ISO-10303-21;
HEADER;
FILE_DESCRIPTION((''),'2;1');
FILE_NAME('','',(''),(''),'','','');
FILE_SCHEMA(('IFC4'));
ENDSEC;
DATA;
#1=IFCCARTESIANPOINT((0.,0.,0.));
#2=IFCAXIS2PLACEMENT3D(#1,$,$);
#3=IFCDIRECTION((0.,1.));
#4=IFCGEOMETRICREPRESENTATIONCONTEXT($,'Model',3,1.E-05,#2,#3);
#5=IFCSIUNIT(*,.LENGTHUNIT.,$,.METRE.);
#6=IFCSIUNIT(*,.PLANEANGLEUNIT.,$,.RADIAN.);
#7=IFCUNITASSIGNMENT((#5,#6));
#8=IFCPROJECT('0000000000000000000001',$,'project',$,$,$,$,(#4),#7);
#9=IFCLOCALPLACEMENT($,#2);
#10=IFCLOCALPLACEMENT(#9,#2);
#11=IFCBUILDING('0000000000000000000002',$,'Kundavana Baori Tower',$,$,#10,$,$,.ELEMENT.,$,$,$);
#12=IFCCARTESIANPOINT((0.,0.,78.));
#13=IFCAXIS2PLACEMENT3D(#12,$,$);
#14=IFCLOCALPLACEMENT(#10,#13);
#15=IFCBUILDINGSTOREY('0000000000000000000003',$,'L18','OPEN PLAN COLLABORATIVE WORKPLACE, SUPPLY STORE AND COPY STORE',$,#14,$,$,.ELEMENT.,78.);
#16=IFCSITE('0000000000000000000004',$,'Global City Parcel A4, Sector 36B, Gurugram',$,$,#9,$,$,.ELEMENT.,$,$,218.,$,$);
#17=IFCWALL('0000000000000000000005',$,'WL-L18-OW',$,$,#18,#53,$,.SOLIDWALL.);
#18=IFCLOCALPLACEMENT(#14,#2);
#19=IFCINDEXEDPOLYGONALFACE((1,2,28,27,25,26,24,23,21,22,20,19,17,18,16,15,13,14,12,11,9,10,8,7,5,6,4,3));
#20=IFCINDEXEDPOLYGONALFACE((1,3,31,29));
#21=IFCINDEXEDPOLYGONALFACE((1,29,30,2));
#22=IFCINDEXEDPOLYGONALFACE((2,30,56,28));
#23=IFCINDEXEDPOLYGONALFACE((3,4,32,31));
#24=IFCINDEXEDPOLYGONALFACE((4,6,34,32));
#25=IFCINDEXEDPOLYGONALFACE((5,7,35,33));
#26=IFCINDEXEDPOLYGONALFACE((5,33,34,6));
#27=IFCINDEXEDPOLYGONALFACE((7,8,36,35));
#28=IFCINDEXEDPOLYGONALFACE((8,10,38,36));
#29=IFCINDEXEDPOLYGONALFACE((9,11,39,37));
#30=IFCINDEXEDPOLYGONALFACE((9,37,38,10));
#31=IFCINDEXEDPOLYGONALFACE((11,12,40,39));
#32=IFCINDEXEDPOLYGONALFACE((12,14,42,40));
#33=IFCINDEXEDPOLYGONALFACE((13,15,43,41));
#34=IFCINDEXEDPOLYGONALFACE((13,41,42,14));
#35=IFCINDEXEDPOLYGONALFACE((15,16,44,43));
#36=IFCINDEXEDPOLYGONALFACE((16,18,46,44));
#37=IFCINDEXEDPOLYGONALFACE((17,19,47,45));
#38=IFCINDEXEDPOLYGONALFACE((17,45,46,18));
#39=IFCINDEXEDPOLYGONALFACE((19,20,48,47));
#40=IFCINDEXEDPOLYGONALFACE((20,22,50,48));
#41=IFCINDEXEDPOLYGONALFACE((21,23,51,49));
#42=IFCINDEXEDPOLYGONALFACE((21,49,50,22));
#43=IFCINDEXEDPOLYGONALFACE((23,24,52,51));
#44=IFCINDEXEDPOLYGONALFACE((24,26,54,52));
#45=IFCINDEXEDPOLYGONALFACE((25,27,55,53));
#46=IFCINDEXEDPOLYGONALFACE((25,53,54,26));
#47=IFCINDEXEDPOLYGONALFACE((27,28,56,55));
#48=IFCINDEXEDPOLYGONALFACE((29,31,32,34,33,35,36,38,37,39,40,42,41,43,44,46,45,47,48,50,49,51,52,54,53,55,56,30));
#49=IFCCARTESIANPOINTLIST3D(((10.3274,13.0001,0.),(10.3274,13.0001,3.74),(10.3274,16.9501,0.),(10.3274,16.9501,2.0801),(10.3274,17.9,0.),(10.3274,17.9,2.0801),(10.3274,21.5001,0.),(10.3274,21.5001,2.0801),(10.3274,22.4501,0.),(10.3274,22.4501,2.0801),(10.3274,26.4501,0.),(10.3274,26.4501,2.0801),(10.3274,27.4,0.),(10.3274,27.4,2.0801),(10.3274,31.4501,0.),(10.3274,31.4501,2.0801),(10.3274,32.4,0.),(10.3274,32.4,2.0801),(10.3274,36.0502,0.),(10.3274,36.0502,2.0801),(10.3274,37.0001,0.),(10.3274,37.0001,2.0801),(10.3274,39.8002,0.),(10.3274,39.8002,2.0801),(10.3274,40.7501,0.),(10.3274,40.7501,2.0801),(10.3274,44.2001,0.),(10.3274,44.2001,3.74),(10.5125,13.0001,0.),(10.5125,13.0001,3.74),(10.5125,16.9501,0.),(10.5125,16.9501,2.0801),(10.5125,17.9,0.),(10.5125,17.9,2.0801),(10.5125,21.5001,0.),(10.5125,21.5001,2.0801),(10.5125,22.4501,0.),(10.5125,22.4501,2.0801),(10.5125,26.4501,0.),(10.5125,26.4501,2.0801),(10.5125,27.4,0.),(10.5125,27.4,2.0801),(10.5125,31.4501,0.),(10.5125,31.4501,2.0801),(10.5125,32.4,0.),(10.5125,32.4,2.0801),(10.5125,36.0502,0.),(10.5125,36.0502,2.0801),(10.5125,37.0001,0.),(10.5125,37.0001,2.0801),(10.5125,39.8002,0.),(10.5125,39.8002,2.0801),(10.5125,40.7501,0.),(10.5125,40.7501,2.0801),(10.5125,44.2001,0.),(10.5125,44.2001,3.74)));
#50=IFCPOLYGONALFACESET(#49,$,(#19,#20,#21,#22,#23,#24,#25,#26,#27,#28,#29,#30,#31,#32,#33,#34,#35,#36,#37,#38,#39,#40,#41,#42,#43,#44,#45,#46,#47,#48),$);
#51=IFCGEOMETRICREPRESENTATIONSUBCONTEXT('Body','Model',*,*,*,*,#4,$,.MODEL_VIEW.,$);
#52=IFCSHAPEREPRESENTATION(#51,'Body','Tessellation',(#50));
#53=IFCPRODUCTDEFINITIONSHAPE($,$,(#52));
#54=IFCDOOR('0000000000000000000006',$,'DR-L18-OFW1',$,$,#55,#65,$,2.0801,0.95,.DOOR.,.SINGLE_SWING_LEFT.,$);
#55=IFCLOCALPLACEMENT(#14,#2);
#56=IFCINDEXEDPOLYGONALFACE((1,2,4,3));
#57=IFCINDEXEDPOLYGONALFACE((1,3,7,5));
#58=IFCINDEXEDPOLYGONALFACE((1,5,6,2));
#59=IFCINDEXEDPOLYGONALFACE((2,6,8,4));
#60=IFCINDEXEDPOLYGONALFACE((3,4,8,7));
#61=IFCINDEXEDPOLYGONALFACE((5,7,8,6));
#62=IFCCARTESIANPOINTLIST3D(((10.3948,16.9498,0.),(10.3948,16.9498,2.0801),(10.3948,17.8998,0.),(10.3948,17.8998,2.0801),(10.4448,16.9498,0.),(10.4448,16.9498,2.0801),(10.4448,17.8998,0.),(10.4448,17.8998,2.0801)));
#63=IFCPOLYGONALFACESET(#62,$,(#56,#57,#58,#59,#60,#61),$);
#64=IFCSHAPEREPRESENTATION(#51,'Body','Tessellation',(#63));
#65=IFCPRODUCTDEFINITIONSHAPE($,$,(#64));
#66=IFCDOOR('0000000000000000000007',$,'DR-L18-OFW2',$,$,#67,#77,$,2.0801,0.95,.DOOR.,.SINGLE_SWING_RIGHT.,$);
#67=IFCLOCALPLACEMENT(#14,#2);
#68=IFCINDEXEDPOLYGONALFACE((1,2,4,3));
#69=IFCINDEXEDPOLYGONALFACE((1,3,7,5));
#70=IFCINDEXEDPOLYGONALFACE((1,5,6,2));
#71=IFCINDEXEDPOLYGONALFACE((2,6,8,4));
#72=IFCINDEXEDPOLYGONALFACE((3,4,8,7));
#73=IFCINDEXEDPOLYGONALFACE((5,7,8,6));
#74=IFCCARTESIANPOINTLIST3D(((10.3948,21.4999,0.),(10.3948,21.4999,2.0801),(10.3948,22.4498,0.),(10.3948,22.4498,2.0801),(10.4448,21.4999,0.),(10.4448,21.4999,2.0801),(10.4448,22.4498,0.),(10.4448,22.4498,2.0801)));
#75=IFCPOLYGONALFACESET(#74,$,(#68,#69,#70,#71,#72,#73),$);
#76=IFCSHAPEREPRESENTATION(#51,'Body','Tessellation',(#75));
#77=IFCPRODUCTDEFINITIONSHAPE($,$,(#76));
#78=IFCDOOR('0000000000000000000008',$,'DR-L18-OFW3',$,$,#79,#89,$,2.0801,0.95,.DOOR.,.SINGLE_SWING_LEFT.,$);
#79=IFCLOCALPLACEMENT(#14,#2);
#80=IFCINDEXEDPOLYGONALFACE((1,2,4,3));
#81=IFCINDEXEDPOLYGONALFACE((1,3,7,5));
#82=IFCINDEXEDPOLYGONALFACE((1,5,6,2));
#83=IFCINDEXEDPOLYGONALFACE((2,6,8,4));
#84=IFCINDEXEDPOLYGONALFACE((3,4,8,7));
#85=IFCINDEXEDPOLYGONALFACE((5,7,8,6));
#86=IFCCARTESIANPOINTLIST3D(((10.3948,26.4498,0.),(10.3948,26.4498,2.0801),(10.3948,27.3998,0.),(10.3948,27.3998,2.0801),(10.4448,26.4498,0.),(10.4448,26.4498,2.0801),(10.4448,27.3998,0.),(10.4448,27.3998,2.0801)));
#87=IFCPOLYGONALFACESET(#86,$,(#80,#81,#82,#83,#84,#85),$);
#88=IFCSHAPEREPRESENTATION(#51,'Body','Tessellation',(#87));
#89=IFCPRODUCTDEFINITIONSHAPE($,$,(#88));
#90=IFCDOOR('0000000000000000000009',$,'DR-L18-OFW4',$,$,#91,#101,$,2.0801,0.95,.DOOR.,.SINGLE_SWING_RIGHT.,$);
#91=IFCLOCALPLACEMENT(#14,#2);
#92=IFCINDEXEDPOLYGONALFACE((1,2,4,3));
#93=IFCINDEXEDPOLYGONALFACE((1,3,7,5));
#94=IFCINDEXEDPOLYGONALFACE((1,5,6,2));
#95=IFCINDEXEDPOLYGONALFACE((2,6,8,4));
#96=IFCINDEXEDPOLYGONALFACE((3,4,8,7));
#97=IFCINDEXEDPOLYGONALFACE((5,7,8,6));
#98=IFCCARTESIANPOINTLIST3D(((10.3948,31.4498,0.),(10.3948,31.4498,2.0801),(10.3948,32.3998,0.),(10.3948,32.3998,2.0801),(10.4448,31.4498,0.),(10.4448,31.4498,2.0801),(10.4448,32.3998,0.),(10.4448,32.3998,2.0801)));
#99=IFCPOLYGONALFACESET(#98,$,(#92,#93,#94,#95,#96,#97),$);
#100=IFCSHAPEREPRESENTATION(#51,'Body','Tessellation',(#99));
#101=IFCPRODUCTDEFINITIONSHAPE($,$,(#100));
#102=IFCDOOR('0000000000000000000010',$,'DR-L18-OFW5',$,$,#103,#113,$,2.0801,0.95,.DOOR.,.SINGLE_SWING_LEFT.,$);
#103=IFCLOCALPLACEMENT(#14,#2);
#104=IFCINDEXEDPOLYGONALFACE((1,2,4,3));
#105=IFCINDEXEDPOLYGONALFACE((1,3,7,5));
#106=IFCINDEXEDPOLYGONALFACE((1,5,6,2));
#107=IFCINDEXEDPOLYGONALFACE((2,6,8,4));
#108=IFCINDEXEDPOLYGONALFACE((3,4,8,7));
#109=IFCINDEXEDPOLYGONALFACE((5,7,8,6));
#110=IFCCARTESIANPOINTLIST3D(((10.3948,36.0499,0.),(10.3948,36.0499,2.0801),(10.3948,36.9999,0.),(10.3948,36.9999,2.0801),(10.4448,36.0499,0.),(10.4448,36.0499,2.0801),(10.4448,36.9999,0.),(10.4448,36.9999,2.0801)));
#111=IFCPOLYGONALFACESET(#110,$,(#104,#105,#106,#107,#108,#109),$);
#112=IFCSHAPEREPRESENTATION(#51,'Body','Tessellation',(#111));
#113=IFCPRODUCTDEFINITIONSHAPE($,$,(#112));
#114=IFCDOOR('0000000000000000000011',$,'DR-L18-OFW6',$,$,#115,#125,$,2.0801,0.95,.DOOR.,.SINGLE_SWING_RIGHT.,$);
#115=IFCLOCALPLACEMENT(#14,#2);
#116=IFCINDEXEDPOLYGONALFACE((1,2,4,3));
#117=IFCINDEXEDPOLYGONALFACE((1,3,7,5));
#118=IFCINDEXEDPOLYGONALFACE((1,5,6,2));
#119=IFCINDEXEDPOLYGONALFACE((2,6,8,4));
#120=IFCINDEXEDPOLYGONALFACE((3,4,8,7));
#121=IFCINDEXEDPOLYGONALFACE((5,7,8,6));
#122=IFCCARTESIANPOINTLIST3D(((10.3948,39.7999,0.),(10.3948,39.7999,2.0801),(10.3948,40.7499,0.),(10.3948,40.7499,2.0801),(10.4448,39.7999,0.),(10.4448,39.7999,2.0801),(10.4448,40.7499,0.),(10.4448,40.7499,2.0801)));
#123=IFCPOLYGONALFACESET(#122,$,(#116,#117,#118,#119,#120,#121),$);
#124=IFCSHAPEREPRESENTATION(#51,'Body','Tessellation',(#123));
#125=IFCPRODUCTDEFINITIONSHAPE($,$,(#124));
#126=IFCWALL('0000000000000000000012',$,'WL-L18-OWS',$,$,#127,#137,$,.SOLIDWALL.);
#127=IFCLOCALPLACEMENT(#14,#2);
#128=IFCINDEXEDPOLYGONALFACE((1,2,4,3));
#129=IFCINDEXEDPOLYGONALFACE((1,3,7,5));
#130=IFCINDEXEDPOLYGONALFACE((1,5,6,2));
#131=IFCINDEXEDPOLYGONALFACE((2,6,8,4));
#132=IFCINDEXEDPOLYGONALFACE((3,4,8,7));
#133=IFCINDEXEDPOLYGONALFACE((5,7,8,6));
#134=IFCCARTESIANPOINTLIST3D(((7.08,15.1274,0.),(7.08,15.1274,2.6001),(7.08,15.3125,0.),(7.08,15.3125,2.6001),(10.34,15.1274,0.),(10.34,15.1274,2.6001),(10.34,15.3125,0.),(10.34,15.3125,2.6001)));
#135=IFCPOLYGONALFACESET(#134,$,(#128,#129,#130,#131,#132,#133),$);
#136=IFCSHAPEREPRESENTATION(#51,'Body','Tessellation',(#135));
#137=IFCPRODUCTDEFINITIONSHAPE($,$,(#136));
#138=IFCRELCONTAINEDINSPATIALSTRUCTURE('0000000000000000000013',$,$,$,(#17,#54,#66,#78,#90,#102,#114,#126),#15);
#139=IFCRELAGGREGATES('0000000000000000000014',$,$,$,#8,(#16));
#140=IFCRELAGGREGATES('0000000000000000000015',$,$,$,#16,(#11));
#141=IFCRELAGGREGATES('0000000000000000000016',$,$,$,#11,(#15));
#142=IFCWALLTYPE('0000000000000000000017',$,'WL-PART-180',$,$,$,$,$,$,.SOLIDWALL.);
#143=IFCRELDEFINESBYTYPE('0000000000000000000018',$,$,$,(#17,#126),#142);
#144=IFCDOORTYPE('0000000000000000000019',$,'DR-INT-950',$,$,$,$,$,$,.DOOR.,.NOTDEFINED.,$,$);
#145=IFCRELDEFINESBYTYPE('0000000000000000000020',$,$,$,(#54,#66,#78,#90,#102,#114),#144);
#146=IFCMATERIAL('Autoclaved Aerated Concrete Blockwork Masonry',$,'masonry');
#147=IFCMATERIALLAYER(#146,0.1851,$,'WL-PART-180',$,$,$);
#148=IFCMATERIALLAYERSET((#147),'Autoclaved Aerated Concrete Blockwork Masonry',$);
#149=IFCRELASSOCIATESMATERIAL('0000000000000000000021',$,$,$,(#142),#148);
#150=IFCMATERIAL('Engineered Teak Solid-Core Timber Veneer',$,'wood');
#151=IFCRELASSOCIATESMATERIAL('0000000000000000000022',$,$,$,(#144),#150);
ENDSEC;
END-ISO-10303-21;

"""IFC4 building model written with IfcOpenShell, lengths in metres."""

from ifc_helpers import new_model, si_unit, direction, frame, frame_2d, origin, place, context, subcontext, project, spatial, rectangle, extrude, material, layer, layer_set, type_object, element, fill, save


model = new_model("IFC4")

# Units and contexts
model_context = context("Model", 3, precision=1e-05, world=origin(), true_north=direction((0.0, 1.0)))
body_context = subcontext(model_context, "Body", "Model", "MODEL_VIEW")
ifc_project = project(units=[si_unit("LENGTHUNIT", "METRE"), si_unit("PLANEANGLEUNIT", "RADIAN")], contexts=[model_context])

# Site, building, storey
site_placement = place(None, origin())
site = spatial("IfcSite", under=ifc_project, at=site_placement, Name="Global City Parcel A4, Sector 36B, Gurugram", CompositionType="ELEMENT", RefElevation=218.0)
building_placement = place(site_placement, origin())
building = spatial("IfcBuilding", under=site, at=building_placement, Name="Kundavana Baori Tower", CompositionType="ELEMENT")
storey_placement = place(building_placement, frame((0.0, 0.0, 78.0)))
storey = spatial("IfcBuildingStorey", under=building, at=storey_placement, Name="L18", Description="OPEN PLAN COLLABORATIVE WORKPLACE, SUPPLY STORE AND COPY STORE", CompositionType="ELEMENT", Elevation=78.0)

# Wall, openings, doors
ifc_material_1 = material(Name="Autoclaved Aerated Concrete Blockwork Masonry", Category="masonry")
ifc_layer_1 = layer(ifc_material_1, 0.1851, Name="WL-PART-180")
ifc_layer_set_1 = layer_set([ifc_layer_1], Name="Autoclaved Aerated Concrete Blockwork Masonry")
wall_type_1 = type_object("IfcWallType", Name="WL-PART-180", PredefinedType="SOLIDWALL", material=ifc_layer_set_1)
wall_1_placement = place(storey_placement, frame((10.4199, 13.0, 0.0), z_axis=(0.0, 0.0, 1.0), x_axis=(0.0, 1.0, 0.0)))
wall_1 = element("IfcWall", 1, at=wall_1_placement, inside=storey, type_object=wall_type_1, Name="WL-L18-OW", PredefinedType="SOLIDWALL", context=body_context, shape_type="SweptSolid", body=[
    extrude(rectangle(XDim=31.2, YDim=0.1851, at=frame_2d((15.6001, 0.0))), origin(), (0.0, 0.0, 1.0), 3.74),
])
opening_1_placement = place(wall_1_placement, frame((3.95, 0.0, 0.0)))
opening_1 = element("IfcOpeningElement", 2, at=opening_1_placement, cuts=wall_1, PredefinedType="OPENING", context=body_context, shape_type="SweptSolid", body=[
    extrude(rectangle(XDim=0.95, YDim=2.0801, at=frame_2d((0.4751, 1.04))), frame((0.0, 0.1025, 0.0), z_axis=(0.0, -1.0, 0.0), x_axis=(1.0, 0.0, 0.0)), (0.0, 0.0, 1.0), 0.2051),
])
opening_2_placement = place(wall_1_placement, frame((8.5, 0.0, 0.0)))
opening_2 = element("IfcOpeningElement", 3, at=opening_2_placement, cuts=wall_1, PredefinedType="OPENING", context=body_context, shape_type="SweptSolid", body=[
    extrude(rectangle(XDim=0.95, YDim=2.0801, at=frame_2d((0.4751, 1.04))), frame((0.0, 0.1025, 0.0), z_axis=(0.0, -1.0, 0.0), x_axis=(1.0, 0.0, 0.0)), (0.0, 0.0, 1.0), 0.2051),
])
opening_3_placement = place(wall_1_placement, frame((13.45, 0.0, 0.0)))
opening_3 = element("IfcOpeningElement", 4, at=opening_3_placement, cuts=wall_1, PredefinedType="OPENING", context=body_context, shape_type="SweptSolid", body=[
    extrude(rectangle(XDim=0.95, YDim=2.0801, at=frame_2d((0.4751, 1.04))), frame((0.0, 0.1025, 0.0), z_axis=(0.0, -1.0, 0.0), x_axis=(1.0, 0.0, 0.0)), (0.0, 0.0, 1.0), 0.2051),
])
opening_4_placement = place(wall_1_placement, frame((18.45, 0.0, 0.0)))
opening_4 = element("IfcOpeningElement", 5, at=opening_4_placement, cuts=wall_1, PredefinedType="OPENING", context=body_context, shape_type="SweptSolid", body=[
    extrude(rectangle(XDim=0.95, YDim=2.0801, at=frame_2d((0.4751, 1.04))), frame((0.0, 0.1025, 0.0), z_axis=(0.0, -1.0, 0.0), x_axis=(1.0, 0.0, 0.0)), (0.0, 0.0, 1.0), 0.2051),
])
opening_5_placement = place(wall_1_placement, frame((23.05, 0.0, 0.0)))
opening_5 = element("IfcOpeningElement", 6, at=opening_5_placement, cuts=wall_1, PredefinedType="OPENING", context=body_context, shape_type="SweptSolid", body=[
    extrude(rectangle(XDim=0.95, YDim=2.0801, at=frame_2d((0.4751, 1.04))), frame((0.0, 0.1025, 0.0), z_axis=(0.0, -1.0, 0.0), x_axis=(1.0, 0.0, 0.0)), (0.0, 0.0, 1.0), 0.2051),
])
opening_6_placement = place(wall_1_placement, frame((26.8, 0.0, 0.0)))
opening_6 = element("IfcOpeningElement", 7, at=opening_6_placement, cuts=wall_1, PredefinedType="OPENING", context=body_context, shape_type="SweptSolid", body=[
    extrude(rectangle(XDim=0.95, YDim=2.0801, at=frame_2d((0.4751, 1.04))), frame((0.0, 0.1025, 0.0), z_axis=(0.0, -1.0, 0.0), x_axis=(1.0, 0.0, 0.0)), (0.0, 0.0, 1.0), 0.2051),
])
ifc_material_2 = material(Name="Engineered Teak Solid-Core Timber Veneer", Category="wood")
door_type_1 = type_object("IfcDoorType", Name="DR-INT-950", OperationType="NOTDEFINED", PredefinedType="DOOR", material=ifc_material_2)
door_1_placement = place(opening_1_placement, frame((0.95, 0.0, 0.0), z_axis=(0.0, 0.0, 1.0), x_axis=(-1.0, 0.0, 0.0)))
door_1 = element("IfcDoor", 8, at=door_1_placement, inside=storey, type_object=door_type_1, Name="DR-L18-OFW1", OperationType="SINGLE_SWING_LEFT", OverallHeight=2.0801, OverallWidth=0.95, PredefinedType="DOOR", context=body_context, shape_type="SweptSolid", body=[
    extrude(rectangle(XDim=0.95, YDim=2.0801, at=frame_2d((0.4751, 1.04))), frame((0.0, 0.0249, 0.0), z_axis=(0.0, -1.0, 0.0), x_axis=(1.0, 0.0, 0.0)), (0.0, 0.0, 1.0), 0.05),
])
fill(opening_1, door_1)
door_2_placement = place(opening_2_placement, frame((0.95, 0.0, 0.0), z_axis=(0.0, 0.0, 1.0), x_axis=(-1.0, 0.0, 0.0)))
door_2 = element("IfcDoor", 9, at=door_2_placement, inside=storey, type_object=door_type_1, Name="DR-L18-OFW2", OperationType="SINGLE_SWING_RIGHT", OverallHeight=2.0801, OverallWidth=0.95, PredefinedType="DOOR", context=body_context, shape_type="SweptSolid", body=[
    extrude(rectangle(XDim=0.95, YDim=2.0801, at=frame_2d((0.4751, 1.04))), frame((0.0, 0.0249, 0.0), z_axis=(0.0, -1.0, 0.0), x_axis=(1.0, 0.0, 0.0)), (0.0, 0.0, 1.0), 0.05),
])
fill(opening_2, door_2)
door_3_placement = place(opening_3_placement, frame((0.95, 0.0, 0.0), z_axis=(0.0, 0.0, 1.0), x_axis=(-1.0, 0.0, 0.0)))
door_3 = element("IfcDoor", 10, at=door_3_placement, inside=storey, type_object=door_type_1, Name="DR-L18-OFW3", OperationType="SINGLE_SWING_LEFT", OverallHeight=2.0801, OverallWidth=0.95, PredefinedType="DOOR", context=body_context, shape_type="SweptSolid", body=[
    extrude(rectangle(XDim=0.95, YDim=2.0801, at=frame_2d((0.4751, 1.04))), frame((0.0, 0.0249, 0.0), z_axis=(0.0, -1.0, 0.0), x_axis=(1.0, 0.0, 0.0)), (0.0, 0.0, 1.0), 0.05),
])
fill(opening_3, door_3)
door_4_placement = place(opening_4_placement, frame((0.95, 0.0, 0.0), z_axis=(0.0, 0.0, 1.0), x_axis=(-1.0, 0.0, 0.0)))
door_4 = element("IfcDoor", 11, at=door_4_placement, inside=storey, type_object=door_type_1, Name="DR-L18-OFW4", OperationType="SINGLE_SWING_RIGHT", OverallHeight=2.0801, OverallWidth=0.95, PredefinedType="DOOR", context=body_context, shape_type="SweptSolid", body=[
    extrude(rectangle(XDim=0.95, YDim=2.0801, at=frame_2d((0.4751, 1.04))), frame((0.0, 0.0249, 0.0), z_axis=(0.0, -1.0, 0.0), x_axis=(1.0, 0.0, 0.0)), (0.0, 0.0, 1.0), 0.05),
])
fill(opening_4, door_4)
door_5_placement = place(opening_5_placement, frame((0.95, 0.0, 0.0), z_axis=(0.0, 0.0, 1.0), x_axis=(-1.0, 0.0, 0.0)))
door_5 = element("IfcDoor", 12, at=door_5_placement, inside=storey, type_object=door_type_1, Name="DR-L18-OFW5", OperationType="SINGLE_SWING_LEFT", OverallHeight=2.0801, OverallWidth=0.95, PredefinedType="DOOR", context=body_context, shape_type="SweptSolid", body=[
    extrude(rectangle(XDim=0.95, YDim=2.0801, at=frame_2d((0.4751, 1.04))), frame((0.0, 0.0249, 0.0), z_axis=(0.0, -1.0, 0.0), x_axis=(1.0, 0.0, 0.0)), (0.0, 0.0, 1.0), 0.05),
])
fill(opening_5, door_5)
door_6_placement = place(opening_6_placement, frame((0.95, 0.0, 0.0), z_axis=(0.0, 0.0, 1.0), x_axis=(-1.0, 0.0, 0.0)))
door_6 = element("IfcDoor", 13, at=door_6_placement, inside=storey, type_object=door_type_1, Name="DR-L18-OFW6", OperationType="SINGLE_SWING_RIGHT", OverallHeight=2.0801, OverallWidth=0.95, PredefinedType="DOOR", context=body_context, shape_type="SweptSolid", body=[
    extrude(rectangle(XDim=0.95, YDim=2.0801, at=frame_2d((0.4751, 1.04))), frame((0.0, 0.0249, 0.0), z_axis=(0.0, -1.0, 0.0), x_axis=(1.0, 0.0, 0.0)), (0.0, 0.0, 1.0), 0.05),
])
fill(opening_6, door_6)

# Wall
wall_2_placement = place(storey_placement, frame((7.0801, 15.22, 0.0), z_axis=(0.0, 0.0, 1.0), x_axis=(1.0, 0.0, 0.0)))
element("IfcWall", 14, at=wall_2_placement, inside=storey, type_object=wall_type_1, Name="WL-L18-OWS", PredefinedType="SOLIDWALL", context=body_context, shape_type="SweptSolid", body=[
    extrude(rectangle(XDim=3.26, YDim=0.1851, at=frame_2d((1.6299, 0.0))), origin(), (0.0, 0.0, 1.0), 2.6001),
])

save(model, "model.ifc")
